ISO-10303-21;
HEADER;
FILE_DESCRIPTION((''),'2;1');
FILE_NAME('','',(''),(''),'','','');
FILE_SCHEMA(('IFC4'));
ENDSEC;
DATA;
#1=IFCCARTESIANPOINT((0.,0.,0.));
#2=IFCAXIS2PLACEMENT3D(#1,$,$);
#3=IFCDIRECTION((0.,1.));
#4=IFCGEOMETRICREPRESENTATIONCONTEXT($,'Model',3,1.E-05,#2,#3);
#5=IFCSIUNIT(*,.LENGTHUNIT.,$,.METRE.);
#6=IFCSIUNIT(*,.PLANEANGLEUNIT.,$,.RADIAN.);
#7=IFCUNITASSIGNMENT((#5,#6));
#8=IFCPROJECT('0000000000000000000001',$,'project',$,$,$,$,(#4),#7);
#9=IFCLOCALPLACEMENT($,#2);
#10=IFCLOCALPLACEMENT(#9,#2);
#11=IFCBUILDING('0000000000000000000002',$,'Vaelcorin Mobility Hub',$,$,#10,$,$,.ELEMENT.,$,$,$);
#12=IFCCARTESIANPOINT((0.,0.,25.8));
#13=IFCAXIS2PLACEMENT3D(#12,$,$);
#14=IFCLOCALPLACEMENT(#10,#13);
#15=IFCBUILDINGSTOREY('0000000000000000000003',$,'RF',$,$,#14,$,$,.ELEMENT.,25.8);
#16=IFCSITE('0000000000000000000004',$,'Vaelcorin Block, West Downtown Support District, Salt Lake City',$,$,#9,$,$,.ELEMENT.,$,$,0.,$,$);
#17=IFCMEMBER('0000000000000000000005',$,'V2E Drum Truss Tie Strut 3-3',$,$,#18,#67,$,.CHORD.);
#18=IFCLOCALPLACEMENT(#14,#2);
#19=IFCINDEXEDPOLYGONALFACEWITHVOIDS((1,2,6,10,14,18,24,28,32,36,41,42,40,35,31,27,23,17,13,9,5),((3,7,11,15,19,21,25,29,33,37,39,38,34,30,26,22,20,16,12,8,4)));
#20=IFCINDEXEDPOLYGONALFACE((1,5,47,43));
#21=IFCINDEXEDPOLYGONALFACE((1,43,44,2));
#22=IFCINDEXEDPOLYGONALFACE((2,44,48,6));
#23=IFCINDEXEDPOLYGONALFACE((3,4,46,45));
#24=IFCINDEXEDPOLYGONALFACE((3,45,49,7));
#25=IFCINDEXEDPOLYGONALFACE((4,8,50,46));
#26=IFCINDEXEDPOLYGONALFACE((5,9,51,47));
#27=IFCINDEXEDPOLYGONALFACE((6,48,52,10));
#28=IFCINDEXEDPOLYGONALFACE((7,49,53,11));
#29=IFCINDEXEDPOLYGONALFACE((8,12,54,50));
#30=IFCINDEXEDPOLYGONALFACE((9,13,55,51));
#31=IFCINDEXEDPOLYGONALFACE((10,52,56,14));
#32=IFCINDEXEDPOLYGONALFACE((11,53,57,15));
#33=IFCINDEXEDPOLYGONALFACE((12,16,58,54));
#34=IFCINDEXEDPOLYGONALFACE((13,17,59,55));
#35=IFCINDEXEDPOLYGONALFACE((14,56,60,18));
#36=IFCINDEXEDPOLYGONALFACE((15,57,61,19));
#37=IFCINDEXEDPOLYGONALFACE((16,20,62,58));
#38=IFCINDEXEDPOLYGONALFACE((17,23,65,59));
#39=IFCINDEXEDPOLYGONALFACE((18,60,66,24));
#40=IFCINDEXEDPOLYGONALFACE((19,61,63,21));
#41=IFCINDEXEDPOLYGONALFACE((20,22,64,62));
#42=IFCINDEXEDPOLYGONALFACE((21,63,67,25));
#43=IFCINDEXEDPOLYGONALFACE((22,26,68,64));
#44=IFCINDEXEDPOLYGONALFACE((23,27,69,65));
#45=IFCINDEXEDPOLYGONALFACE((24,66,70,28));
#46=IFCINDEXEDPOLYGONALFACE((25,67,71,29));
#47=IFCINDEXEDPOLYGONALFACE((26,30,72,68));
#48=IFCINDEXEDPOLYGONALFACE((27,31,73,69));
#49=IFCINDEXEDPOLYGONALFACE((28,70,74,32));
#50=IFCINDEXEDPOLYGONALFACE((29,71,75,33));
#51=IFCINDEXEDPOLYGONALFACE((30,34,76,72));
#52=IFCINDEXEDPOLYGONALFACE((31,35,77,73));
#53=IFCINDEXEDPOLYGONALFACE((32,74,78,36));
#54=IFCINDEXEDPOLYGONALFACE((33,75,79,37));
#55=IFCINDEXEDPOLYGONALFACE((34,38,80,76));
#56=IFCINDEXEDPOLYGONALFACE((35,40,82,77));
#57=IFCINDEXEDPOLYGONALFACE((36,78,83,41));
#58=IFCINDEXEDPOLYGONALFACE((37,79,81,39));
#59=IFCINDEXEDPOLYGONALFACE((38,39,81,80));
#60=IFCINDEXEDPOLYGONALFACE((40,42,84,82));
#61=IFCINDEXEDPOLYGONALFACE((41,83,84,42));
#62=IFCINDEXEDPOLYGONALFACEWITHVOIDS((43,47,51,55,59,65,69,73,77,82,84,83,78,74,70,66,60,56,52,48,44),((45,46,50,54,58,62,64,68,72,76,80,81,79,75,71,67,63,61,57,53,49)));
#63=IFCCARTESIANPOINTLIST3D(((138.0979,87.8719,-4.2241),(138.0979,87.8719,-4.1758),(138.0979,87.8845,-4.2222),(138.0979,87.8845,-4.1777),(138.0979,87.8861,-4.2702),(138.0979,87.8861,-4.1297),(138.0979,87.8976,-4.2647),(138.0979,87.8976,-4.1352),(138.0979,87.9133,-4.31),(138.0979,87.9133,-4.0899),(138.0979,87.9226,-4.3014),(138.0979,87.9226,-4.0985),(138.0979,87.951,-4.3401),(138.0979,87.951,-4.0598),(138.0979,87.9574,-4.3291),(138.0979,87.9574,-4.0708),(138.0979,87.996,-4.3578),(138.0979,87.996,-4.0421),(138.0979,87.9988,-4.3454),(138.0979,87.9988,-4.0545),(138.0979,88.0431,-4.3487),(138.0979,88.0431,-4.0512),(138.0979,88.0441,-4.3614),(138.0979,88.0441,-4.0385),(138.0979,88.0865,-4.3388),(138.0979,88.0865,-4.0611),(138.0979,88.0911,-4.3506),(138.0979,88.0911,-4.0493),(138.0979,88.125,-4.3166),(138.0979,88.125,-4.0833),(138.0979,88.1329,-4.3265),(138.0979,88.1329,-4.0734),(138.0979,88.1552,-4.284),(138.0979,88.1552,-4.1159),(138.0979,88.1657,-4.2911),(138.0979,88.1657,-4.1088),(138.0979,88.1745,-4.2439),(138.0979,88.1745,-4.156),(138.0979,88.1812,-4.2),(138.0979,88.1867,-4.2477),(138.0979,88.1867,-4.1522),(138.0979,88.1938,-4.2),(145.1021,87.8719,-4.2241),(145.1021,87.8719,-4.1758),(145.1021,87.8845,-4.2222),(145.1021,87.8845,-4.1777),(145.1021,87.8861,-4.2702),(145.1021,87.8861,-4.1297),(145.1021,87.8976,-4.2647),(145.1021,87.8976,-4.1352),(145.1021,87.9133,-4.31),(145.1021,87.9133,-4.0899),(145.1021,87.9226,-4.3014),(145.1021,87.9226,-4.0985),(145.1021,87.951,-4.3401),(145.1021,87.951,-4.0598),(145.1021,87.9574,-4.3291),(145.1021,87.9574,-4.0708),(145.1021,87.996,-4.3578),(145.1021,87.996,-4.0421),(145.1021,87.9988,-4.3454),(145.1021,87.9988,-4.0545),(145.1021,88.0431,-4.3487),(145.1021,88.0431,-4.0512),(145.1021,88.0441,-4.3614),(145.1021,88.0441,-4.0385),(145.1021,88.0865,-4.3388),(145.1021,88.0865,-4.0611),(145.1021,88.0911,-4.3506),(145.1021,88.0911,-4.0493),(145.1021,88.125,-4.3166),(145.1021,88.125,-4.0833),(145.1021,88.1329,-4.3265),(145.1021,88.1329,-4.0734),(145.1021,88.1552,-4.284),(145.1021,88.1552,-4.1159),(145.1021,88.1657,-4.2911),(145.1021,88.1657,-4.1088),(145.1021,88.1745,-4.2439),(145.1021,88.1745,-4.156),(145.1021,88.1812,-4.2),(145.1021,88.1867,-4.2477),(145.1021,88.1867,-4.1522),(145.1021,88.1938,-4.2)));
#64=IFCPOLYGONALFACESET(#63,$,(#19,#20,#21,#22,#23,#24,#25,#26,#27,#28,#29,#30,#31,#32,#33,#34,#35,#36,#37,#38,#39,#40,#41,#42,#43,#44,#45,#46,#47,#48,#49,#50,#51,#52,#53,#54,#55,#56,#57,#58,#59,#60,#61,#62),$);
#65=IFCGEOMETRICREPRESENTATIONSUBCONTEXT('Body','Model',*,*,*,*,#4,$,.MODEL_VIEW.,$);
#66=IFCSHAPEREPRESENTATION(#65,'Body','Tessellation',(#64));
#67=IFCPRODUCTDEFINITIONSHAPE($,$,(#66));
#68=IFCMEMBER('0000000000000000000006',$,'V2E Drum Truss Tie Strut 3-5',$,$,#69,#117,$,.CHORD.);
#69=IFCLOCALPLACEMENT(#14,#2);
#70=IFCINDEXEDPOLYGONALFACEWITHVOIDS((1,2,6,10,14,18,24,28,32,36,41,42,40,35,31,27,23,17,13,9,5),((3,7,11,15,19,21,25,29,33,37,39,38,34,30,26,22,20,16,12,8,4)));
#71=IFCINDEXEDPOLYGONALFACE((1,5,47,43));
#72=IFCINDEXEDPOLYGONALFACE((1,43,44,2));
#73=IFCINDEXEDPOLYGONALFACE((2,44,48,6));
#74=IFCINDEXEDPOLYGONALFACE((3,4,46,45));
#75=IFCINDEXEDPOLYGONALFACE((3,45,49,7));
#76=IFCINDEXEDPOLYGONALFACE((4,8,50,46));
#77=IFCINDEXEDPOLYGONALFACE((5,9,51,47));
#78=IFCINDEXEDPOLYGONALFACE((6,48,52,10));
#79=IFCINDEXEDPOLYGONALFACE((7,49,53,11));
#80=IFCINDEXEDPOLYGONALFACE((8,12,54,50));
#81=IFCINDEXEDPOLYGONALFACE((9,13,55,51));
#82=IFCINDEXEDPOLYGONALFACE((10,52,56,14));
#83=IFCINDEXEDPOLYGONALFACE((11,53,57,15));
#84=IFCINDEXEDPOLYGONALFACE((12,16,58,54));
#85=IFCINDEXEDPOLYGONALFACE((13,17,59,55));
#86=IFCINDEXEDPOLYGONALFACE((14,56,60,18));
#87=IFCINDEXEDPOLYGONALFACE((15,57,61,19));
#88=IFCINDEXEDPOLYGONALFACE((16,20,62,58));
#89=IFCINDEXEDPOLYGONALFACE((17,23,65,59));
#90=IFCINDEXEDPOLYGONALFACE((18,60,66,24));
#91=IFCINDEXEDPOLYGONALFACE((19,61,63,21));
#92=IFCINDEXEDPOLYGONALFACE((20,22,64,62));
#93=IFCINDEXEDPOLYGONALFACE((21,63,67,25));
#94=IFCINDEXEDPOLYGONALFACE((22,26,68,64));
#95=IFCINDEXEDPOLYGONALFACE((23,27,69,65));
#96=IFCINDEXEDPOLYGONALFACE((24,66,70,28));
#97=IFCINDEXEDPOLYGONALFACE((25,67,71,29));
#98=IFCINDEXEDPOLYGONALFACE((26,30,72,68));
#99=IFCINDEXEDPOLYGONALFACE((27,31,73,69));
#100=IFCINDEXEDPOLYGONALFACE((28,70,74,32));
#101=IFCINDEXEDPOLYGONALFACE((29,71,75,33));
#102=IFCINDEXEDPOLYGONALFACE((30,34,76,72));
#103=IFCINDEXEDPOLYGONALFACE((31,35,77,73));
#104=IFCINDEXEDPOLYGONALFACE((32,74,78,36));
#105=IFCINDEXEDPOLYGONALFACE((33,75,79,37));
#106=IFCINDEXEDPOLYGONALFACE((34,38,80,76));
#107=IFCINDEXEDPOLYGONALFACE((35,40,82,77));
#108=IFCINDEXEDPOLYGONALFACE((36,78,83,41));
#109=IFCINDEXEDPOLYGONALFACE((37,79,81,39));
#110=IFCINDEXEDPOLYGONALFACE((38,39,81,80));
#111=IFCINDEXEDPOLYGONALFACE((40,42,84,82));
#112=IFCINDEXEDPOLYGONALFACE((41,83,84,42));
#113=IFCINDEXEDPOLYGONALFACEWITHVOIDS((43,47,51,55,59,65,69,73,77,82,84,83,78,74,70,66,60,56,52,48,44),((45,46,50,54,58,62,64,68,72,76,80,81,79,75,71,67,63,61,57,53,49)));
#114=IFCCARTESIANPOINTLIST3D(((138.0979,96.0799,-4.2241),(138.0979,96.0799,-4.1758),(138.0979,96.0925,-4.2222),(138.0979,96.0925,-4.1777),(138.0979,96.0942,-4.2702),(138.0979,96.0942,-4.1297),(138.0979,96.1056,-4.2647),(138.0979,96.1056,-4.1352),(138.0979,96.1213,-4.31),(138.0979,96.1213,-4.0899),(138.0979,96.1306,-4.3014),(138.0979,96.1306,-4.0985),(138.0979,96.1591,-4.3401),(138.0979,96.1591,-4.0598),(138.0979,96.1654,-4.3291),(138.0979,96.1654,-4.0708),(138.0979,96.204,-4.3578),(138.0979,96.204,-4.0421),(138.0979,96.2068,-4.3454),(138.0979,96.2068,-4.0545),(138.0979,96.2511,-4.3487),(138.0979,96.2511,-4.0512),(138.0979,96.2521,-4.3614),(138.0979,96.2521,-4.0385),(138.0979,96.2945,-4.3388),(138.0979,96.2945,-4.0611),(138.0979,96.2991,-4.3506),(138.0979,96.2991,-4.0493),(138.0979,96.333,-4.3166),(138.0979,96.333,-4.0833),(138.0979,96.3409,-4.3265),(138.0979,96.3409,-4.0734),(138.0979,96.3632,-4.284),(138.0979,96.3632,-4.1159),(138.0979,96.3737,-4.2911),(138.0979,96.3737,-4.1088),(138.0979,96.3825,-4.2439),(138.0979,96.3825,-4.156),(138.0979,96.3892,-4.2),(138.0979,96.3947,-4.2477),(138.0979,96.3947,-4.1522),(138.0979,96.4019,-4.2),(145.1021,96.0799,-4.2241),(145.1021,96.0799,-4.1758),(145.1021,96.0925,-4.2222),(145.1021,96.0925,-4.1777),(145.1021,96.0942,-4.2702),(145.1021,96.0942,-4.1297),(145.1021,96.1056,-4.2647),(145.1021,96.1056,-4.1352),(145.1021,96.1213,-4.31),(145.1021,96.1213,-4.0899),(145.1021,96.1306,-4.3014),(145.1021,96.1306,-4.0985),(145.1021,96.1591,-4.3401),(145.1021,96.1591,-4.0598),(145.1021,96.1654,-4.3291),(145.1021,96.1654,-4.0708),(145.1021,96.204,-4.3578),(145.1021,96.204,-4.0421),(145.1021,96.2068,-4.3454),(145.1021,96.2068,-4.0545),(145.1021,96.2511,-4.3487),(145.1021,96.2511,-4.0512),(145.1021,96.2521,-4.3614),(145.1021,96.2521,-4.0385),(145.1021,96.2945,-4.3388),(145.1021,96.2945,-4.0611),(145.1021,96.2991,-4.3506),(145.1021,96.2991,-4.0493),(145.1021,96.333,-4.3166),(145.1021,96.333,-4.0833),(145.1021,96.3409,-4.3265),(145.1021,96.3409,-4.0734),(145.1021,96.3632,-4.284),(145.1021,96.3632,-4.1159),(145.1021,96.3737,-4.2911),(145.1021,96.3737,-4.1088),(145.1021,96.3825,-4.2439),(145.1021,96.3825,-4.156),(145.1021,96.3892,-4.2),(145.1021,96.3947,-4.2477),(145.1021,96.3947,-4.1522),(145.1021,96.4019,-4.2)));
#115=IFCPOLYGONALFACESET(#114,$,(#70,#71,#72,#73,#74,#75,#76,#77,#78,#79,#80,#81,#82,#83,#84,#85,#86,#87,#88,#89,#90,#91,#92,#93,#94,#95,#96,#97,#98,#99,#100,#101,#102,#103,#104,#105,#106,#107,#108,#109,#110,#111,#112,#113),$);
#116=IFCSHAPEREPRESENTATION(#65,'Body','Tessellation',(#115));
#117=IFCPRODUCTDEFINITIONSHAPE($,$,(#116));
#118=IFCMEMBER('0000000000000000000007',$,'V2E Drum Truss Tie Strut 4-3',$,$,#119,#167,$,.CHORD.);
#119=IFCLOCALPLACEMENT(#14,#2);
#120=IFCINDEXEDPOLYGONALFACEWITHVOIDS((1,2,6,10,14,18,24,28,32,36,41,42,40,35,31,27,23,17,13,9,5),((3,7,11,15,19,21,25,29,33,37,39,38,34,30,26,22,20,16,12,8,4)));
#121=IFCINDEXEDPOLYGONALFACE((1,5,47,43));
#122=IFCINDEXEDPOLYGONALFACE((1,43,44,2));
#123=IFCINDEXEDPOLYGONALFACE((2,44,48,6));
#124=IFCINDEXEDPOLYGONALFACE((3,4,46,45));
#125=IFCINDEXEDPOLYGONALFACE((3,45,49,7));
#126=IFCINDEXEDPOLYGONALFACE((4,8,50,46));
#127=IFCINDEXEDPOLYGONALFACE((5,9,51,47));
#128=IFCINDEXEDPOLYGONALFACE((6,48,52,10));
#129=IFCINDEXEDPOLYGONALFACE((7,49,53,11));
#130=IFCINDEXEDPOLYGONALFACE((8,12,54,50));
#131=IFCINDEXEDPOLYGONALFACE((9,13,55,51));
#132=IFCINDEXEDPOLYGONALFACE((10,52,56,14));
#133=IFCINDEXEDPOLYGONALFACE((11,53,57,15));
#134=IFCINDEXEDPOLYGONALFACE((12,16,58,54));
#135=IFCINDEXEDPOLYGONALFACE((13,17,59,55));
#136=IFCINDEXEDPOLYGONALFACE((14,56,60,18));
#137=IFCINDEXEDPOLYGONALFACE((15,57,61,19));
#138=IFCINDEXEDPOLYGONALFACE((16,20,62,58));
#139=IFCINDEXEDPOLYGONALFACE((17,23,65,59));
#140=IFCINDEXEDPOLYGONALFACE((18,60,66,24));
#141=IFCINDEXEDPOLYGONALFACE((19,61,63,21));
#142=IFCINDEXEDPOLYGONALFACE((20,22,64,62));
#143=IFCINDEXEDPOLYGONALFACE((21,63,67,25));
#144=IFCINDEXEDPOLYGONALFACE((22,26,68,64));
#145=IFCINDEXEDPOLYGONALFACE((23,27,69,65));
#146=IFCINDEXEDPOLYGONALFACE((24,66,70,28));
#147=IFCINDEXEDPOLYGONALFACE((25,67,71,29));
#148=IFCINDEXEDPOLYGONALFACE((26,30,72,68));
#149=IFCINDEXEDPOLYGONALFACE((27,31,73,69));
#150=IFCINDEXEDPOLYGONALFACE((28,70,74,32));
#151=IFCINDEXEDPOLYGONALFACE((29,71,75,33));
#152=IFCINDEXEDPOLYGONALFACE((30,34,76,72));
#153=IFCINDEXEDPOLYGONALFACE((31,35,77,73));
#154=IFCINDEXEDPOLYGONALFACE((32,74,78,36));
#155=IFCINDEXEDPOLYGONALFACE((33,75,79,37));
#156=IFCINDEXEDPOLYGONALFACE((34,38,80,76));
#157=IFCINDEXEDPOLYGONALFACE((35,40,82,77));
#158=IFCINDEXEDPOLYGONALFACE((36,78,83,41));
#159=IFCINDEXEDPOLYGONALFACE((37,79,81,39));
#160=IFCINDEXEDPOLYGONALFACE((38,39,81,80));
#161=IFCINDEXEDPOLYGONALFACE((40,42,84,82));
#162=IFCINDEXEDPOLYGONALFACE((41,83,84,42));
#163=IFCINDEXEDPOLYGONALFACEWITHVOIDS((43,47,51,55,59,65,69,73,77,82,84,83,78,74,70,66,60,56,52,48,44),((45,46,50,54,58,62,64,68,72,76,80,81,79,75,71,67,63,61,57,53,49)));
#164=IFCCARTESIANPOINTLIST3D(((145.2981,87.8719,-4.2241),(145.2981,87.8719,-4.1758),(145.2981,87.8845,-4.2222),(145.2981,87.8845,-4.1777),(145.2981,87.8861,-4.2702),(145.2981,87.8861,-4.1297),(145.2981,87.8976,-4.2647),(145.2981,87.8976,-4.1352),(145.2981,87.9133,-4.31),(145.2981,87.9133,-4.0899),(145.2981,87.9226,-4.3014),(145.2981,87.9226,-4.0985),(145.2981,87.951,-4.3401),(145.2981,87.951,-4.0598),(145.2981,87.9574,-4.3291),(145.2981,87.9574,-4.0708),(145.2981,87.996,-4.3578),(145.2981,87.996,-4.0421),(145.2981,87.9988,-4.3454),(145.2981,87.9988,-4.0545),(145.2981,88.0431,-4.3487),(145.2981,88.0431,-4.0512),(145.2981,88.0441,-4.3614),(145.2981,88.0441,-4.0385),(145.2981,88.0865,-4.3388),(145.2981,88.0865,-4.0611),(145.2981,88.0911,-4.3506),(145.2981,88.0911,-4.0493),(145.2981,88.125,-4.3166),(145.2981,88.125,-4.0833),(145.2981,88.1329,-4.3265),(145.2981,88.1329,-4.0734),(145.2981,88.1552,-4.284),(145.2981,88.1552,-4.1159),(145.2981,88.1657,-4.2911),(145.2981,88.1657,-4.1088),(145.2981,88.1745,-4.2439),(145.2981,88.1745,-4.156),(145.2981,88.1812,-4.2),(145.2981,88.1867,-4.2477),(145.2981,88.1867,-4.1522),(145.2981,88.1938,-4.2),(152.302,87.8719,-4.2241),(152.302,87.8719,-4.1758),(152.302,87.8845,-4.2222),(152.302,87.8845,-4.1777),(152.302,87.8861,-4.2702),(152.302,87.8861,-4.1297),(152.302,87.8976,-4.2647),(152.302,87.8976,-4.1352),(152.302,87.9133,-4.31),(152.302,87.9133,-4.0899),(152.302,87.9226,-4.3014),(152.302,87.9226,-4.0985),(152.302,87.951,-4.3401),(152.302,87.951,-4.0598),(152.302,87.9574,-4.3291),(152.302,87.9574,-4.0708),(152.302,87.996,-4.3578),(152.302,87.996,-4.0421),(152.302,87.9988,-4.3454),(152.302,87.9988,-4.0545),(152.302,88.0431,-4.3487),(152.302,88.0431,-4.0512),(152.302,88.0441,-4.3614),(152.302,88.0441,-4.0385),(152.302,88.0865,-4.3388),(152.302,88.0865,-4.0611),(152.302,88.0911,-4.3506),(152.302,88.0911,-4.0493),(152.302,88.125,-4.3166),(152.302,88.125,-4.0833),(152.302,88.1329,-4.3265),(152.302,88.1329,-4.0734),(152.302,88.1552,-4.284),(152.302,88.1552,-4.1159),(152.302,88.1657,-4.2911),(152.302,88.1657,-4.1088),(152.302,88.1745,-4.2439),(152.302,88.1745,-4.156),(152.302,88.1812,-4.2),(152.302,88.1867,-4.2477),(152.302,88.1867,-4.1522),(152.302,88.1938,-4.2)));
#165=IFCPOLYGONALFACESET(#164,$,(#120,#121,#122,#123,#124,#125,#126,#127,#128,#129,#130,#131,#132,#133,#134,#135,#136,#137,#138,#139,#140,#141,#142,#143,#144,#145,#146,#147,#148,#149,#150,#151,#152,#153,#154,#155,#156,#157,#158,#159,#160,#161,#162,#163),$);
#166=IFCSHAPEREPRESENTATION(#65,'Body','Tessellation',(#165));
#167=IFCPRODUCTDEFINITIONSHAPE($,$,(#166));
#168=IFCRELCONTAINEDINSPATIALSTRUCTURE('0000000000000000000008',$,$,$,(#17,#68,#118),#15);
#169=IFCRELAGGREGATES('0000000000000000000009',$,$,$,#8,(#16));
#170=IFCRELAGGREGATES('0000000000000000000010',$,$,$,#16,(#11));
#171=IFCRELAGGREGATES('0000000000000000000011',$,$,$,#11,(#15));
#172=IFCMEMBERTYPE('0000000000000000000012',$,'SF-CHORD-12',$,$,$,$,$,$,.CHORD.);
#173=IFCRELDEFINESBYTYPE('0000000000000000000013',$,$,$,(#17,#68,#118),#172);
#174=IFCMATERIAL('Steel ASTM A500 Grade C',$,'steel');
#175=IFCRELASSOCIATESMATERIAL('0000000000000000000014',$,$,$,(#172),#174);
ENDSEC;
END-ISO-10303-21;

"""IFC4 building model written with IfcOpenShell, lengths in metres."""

from ifc_helpers import new_model, si_unit, direction, frame, origin, origin_2d, place, context, subcontext, project, spatial, hollow_circle, extrude, material, material_profile, profile_set, type_object, element, save


model = new_model("IFC4")

# Units and contexts
model_context = context("Model", 3, precision=1e-05, world=origin(), true_north=direction((0.0, 1.0)))
body_context = subcontext(model_context, "Body", "Model", "MODEL_VIEW")
ifc_project = project(units=[si_unit("LENGTHUNIT", "METRE"), si_unit("PLANEANGLEUNIT", "RADIAN")], contexts=[model_context])

# Site, building, storey
site_placement = place(None, origin())
site = spatial("IfcSite", under=ifc_project, at=site_placement, Name="Vaelcorin Block, West Downtown Support District, Salt Lake City", CompositionType="ELEMENT", RefElevation=0.0)
building_placement = place(site_placement, origin())
building = spatial("IfcBuilding", under=site, at=building_placement, Name="Vaelcorin Mobility Hub", CompositionType="ELEMENT")
storey_placement = place(building_placement, frame((0.0, 0.0, 25.8)))
storey = spatial("IfcBuildingStorey", under=building, at=storey_placement, Name="RF", CompositionType="ELEMENT", Elevation=25.8)

# Members
ifc_material_1 = material(Name="Steel ASTM A500 Grade C", Category="steel")
ifc_material_profile_1 = material_profile(ifc_material_1, hollow_circle(Radius=0.1619, WallThickness=0.0127, at=origin_2d()), Name="HSS12.750X0.500")
ifc_profile_set_1 = profile_set([ifc_material_profile_1], Name="Steel ASTM A500 Grade C")
member_type_1 = type_object("IfcMemberType", Name="SF-CHORD-12", PredefinedType="CHORD", material=ifc_profile_set_1)
for number, where, z_axis, x_axis, name in (
    (1, (138.0979, 88.032, -4.2), (1.0, 0.0, 0.0), (0.0, 1.0, 0.0), "V2E Drum Truss Tie Strut 3-3"),
    (2, (138.0979, 96.24, -4.2), (1.0, 0.0, 0.0), (0.0, 1.0, 0.0), "V2E Drum Truss Tie Strut 3-5"),
):
    element("IfcMember", number, at=place(storey_placement, frame(where, z_axis=z_axis, x_axis=x_axis)), inside=storey, type_object=member_type_1, Name=name, PredefinedType="CHORD", context=body_context, shape_type="SweptSolid", body=[
        extrude(hollow_circle(Radius=0.1619, WallThickness=0.0127, at=origin_2d()), origin(), (0.0, 0.0, 1.0), 7.0042),
    ])
for number, where, z_axis, x_axis, name in (
    (3, (145.2981, 88.032, -4.2), (1.0, 0.0, 0.0), (0.0, 1.0, 0.0), "V2E Drum Truss Tie Strut 4-3"),
):
    element("IfcMember", number, at=place(storey_placement, frame(where, z_axis=z_axis, x_axis=x_axis)), inside=storey, type_object=member_type_1, Name=name, PredefinedType="CHORD", context=body_context, shape_type="SweptSolid", body=[
        extrude(hollow_circle(Radius=0.1619, WallThickness=0.0127, at=origin_2d()), origin(), (0.0, 0.0, 1.0), 7.0039),
    ])

save(model, "model.ifc")
